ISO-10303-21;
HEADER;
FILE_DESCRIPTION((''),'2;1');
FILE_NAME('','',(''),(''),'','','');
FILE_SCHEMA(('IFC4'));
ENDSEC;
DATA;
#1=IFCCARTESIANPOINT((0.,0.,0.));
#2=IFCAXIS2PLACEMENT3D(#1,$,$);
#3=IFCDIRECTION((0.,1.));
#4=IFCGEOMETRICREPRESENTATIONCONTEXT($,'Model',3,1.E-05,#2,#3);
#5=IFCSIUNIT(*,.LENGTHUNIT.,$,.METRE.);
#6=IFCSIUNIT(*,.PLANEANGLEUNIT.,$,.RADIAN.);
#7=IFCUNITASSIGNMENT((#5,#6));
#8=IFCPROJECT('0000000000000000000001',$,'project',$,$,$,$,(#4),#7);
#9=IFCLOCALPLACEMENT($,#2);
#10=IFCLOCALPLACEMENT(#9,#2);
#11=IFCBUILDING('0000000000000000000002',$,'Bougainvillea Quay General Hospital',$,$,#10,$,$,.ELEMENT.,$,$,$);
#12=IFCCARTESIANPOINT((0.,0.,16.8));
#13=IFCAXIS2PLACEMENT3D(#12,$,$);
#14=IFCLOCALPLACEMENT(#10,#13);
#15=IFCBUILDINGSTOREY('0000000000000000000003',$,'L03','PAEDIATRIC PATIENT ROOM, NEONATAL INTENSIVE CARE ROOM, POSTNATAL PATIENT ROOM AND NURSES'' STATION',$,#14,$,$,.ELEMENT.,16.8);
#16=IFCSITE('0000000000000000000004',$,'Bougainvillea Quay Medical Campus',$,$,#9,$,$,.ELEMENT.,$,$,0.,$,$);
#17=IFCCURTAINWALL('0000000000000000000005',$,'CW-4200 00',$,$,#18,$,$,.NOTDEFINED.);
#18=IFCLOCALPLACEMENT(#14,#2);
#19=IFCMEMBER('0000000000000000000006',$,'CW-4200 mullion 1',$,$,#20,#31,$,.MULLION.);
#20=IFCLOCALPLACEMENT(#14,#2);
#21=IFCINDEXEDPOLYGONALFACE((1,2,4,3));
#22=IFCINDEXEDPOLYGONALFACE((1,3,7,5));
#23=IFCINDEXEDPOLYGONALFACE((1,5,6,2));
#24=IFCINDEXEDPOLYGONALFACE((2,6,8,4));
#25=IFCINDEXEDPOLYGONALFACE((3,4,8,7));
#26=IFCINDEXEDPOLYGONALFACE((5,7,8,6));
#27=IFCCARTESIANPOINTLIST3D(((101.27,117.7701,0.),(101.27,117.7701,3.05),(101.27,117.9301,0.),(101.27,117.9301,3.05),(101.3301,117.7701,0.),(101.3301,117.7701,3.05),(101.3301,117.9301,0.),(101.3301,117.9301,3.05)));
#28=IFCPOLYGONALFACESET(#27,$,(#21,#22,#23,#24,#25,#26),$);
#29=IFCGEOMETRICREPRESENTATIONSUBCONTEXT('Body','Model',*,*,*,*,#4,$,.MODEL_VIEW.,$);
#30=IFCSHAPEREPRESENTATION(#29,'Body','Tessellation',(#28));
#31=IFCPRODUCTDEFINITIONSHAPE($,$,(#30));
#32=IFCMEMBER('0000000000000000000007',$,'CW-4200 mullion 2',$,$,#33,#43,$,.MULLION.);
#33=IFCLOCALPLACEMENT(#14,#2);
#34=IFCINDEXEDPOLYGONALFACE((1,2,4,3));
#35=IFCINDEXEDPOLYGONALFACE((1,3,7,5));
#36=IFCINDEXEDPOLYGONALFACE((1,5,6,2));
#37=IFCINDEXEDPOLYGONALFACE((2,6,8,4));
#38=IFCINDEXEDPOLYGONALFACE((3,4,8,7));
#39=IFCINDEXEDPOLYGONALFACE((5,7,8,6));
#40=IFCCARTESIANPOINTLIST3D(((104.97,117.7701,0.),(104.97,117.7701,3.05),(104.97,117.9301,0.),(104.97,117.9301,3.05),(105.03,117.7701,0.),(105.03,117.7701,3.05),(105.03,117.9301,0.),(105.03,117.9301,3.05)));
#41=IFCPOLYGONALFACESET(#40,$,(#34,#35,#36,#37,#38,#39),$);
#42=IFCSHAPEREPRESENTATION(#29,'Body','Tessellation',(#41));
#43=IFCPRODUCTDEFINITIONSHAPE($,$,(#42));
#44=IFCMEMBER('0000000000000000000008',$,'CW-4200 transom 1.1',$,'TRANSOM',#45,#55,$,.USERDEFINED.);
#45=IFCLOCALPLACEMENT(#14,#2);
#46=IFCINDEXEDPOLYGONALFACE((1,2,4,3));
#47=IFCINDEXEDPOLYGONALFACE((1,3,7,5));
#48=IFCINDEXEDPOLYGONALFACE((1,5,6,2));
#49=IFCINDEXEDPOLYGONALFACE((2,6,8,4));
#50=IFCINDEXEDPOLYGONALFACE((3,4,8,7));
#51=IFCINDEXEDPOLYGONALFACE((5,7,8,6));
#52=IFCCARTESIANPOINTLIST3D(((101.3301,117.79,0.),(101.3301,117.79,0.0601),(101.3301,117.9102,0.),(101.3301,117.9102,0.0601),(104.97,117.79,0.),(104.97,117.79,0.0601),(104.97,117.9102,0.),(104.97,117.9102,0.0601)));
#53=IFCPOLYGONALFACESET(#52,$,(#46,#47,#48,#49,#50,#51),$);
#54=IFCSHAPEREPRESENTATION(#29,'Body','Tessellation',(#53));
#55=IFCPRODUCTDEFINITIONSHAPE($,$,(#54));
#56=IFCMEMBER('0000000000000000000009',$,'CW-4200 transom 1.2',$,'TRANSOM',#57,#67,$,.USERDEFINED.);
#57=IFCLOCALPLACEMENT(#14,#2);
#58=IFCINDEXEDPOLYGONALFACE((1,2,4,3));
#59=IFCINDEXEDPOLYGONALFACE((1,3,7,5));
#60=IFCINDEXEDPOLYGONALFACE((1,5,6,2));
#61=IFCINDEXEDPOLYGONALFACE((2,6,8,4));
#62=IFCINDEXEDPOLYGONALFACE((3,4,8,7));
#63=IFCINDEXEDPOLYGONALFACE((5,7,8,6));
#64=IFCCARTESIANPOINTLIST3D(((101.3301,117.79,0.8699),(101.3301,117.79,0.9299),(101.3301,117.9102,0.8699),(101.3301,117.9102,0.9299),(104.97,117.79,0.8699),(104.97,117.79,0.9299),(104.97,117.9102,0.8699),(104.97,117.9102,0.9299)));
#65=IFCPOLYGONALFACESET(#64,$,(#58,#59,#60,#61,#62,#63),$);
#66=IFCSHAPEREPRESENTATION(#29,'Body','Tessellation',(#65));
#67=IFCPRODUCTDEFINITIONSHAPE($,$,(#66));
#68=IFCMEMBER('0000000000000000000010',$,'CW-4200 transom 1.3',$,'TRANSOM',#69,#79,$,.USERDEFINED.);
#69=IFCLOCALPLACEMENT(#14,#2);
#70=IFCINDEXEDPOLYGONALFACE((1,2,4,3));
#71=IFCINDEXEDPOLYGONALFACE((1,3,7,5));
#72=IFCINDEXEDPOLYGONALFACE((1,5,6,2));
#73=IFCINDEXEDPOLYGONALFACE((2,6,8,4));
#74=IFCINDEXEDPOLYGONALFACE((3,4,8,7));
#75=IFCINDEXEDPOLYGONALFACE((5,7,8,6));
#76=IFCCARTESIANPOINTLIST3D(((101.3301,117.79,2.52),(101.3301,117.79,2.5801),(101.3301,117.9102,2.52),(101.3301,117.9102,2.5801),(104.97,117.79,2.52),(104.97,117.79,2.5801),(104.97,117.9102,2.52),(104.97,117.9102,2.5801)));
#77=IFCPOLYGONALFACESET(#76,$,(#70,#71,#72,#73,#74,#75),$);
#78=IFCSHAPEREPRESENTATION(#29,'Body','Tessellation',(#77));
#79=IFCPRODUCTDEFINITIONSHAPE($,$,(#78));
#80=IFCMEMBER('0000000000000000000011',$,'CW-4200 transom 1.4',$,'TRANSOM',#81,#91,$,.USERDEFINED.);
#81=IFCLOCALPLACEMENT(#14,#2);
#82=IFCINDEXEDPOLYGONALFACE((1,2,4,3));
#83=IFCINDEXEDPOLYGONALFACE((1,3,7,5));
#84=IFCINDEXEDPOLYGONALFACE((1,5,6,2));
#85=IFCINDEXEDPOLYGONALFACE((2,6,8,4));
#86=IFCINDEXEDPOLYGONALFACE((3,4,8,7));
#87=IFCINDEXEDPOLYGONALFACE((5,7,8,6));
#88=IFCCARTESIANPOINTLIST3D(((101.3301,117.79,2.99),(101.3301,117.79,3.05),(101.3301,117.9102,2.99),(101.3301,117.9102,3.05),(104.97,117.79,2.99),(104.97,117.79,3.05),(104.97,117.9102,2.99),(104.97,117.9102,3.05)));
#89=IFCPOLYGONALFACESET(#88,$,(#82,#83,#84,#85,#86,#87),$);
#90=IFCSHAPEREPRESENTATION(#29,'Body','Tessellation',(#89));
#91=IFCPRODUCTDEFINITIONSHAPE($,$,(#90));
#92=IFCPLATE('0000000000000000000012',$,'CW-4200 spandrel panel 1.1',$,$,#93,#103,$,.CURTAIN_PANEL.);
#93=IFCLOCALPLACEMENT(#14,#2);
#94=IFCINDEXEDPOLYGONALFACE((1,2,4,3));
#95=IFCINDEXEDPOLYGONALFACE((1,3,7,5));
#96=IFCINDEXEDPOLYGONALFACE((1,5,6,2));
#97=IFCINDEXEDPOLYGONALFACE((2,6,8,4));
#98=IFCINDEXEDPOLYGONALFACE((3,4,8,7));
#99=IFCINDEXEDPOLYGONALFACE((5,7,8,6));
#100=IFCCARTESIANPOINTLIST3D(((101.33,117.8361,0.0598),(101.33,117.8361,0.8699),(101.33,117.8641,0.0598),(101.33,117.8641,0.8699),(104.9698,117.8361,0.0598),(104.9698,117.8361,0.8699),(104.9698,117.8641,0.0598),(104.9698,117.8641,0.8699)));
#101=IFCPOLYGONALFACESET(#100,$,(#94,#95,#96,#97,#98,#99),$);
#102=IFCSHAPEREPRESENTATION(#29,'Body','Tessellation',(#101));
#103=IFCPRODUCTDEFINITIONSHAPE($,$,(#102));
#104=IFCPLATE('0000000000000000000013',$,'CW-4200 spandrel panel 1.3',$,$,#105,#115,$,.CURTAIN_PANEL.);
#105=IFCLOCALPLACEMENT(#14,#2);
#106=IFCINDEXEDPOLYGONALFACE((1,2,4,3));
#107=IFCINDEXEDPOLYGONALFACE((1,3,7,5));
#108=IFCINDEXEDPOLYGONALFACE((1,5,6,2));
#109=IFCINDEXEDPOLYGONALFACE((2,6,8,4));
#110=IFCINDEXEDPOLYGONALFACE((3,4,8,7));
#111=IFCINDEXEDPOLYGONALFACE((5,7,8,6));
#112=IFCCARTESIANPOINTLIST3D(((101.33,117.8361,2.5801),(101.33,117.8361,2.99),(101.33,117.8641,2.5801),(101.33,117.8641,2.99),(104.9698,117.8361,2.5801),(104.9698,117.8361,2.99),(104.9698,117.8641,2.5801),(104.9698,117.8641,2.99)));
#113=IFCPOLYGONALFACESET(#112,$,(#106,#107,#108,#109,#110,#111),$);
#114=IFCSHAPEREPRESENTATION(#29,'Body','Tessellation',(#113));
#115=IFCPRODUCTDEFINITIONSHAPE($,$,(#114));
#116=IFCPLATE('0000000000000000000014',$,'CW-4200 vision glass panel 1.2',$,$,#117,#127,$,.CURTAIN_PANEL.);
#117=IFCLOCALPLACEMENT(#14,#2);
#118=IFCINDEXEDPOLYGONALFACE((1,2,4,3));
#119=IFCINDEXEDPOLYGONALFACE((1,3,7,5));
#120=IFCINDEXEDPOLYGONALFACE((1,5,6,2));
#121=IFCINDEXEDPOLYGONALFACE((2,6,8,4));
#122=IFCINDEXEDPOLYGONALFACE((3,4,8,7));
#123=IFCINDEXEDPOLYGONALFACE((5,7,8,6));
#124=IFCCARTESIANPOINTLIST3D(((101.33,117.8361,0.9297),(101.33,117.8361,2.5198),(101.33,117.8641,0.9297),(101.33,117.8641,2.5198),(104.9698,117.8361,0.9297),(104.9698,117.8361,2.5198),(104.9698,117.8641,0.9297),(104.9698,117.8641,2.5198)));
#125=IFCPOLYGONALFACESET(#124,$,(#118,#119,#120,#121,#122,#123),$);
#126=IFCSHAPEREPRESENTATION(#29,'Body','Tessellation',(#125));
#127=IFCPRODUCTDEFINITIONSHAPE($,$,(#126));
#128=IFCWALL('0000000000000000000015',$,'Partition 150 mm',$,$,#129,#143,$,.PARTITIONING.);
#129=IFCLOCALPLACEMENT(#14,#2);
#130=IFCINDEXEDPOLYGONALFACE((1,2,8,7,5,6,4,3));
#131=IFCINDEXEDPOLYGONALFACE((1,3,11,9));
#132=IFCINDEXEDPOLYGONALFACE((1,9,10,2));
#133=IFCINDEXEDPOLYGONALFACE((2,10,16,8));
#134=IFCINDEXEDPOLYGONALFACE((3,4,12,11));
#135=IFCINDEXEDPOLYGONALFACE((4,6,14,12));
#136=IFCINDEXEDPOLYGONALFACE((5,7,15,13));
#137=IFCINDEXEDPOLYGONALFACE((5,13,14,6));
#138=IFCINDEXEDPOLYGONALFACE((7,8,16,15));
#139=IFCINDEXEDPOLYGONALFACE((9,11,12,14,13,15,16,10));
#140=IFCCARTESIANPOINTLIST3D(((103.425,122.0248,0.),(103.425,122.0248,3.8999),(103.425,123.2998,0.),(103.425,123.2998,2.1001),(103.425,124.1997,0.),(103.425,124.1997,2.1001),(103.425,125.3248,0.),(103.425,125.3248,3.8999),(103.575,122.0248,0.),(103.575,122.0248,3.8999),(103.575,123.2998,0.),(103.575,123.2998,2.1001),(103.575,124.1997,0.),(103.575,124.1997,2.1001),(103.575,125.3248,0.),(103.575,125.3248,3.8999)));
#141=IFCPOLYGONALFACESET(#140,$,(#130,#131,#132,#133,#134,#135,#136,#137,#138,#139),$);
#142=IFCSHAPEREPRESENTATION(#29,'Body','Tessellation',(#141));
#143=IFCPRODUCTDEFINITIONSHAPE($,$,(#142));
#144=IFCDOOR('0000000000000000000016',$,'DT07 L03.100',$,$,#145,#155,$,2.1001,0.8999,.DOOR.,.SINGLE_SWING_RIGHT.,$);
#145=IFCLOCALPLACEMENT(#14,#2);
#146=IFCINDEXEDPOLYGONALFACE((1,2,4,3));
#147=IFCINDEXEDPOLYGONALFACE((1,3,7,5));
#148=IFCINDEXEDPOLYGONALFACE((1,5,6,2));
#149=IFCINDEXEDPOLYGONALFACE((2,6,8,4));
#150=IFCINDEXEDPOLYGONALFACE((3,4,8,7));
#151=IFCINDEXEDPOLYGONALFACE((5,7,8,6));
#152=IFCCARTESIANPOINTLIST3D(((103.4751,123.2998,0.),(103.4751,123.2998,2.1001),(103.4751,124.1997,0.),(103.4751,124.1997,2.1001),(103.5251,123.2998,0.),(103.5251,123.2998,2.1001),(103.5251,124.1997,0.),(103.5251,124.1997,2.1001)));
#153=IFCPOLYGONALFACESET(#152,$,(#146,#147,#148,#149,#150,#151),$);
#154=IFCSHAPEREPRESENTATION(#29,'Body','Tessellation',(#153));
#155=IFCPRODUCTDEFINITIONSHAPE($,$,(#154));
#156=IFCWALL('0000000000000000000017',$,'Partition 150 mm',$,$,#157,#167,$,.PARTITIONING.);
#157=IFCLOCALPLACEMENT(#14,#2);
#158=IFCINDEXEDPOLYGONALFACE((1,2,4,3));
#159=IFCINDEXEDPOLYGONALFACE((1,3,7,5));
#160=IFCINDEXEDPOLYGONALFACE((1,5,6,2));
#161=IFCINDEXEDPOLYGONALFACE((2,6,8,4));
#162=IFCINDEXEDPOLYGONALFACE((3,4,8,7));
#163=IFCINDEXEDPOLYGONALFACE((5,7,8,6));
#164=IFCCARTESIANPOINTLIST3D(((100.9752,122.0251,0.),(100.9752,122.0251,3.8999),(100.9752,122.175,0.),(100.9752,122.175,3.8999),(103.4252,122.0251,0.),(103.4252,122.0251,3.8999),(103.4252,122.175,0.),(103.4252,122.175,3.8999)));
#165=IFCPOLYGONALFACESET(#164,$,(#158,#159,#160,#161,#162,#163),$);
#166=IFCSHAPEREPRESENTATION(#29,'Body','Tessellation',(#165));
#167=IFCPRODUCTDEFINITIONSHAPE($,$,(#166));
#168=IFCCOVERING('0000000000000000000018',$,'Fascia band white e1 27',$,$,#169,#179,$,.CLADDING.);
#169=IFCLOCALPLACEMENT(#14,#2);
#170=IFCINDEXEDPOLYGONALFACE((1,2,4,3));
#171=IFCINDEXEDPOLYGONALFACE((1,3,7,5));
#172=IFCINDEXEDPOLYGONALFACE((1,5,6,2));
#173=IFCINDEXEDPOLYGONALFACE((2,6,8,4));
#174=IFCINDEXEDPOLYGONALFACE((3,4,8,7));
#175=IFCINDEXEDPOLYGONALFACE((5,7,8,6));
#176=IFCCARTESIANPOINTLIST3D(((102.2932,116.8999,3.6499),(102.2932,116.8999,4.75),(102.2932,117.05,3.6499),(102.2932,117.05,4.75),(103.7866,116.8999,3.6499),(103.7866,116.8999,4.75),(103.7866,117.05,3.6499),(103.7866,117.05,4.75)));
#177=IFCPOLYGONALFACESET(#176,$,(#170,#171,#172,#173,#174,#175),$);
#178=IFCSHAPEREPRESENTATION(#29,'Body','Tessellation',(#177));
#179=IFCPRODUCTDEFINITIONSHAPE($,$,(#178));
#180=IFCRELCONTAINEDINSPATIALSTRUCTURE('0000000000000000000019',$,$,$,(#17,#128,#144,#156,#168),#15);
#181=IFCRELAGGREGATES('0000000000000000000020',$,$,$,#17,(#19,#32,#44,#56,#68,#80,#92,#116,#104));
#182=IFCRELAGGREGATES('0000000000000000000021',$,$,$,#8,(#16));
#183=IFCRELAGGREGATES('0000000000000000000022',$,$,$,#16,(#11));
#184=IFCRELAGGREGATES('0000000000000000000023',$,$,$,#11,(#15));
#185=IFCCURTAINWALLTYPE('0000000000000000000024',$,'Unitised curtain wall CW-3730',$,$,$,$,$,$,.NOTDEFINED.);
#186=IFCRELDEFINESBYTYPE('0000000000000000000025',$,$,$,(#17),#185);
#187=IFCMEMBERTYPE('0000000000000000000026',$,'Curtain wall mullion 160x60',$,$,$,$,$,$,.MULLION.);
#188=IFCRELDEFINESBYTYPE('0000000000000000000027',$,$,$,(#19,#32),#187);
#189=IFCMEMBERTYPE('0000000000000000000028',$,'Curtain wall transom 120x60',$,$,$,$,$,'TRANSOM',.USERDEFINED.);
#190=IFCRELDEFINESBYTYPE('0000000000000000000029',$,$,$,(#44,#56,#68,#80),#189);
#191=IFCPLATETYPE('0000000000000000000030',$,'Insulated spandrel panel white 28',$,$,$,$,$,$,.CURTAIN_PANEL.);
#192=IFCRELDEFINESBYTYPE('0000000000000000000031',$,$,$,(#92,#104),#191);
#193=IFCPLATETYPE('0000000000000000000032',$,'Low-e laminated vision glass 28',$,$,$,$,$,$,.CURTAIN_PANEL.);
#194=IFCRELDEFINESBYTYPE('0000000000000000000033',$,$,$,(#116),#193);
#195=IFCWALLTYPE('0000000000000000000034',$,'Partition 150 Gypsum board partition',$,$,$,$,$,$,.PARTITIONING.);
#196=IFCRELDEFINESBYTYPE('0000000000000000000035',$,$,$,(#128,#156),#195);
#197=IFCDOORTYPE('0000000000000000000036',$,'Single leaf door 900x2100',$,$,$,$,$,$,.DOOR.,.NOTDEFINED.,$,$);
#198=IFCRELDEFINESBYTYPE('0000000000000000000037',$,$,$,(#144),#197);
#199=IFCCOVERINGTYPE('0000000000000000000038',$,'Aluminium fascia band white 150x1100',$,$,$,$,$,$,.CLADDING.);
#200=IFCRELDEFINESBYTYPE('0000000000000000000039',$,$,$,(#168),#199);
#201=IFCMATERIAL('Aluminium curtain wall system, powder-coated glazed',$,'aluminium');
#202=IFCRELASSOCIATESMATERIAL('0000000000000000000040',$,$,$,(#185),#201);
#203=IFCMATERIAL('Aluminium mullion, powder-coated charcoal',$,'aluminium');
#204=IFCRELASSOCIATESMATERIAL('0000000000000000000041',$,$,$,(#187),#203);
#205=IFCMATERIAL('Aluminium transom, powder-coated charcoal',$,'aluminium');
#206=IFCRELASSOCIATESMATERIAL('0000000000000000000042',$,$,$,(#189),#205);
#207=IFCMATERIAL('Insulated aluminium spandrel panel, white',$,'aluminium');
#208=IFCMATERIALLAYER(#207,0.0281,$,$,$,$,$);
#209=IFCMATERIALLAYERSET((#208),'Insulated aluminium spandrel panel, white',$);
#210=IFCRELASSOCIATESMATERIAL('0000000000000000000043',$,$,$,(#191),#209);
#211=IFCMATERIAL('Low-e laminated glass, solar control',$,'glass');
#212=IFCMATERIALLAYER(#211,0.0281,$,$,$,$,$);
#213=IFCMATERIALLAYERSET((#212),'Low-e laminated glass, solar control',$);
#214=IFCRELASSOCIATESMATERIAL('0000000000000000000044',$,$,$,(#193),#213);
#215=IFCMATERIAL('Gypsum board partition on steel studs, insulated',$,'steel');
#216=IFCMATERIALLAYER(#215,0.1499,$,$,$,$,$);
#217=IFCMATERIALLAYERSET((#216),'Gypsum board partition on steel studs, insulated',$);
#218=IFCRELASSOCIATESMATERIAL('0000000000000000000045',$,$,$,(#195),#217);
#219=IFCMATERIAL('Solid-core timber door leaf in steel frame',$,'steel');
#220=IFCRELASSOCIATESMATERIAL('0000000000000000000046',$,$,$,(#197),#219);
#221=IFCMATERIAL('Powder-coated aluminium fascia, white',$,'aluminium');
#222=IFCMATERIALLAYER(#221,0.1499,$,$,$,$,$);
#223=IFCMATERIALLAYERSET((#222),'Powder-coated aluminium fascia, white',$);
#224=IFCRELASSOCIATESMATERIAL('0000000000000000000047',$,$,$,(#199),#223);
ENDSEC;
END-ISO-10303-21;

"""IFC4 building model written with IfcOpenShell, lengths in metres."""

from ifc_helpers import new_model, si_unit, direction, frame, frame_2d, origin, origin_2d, place, context, subcontext, project, spatial, polyline, rectangle, outline, extrude, material, layer, layer_set, material_profile, profile_set, type_object, element, fill, aggregate, save


model = new_model("IFC4")

# Units and contexts
model_context = context("Model", 3, precision=1e-05, world=origin(), true_north=direction((0.0, 1.0)))
body_context = subcontext(model_context, "Body", "Model", "MODEL_VIEW")
ifc_project = project(units=[si_unit("LENGTHUNIT", "METRE"), si_unit("PLANEANGLEUNIT", "RADIAN")], contexts=[model_context])

# Site, building, storey
site_placement = place(None, origin())
site = spatial("IfcSite", under=ifc_project, at=site_placement, Name="Bougainvillea Quay Medical Campus", CompositionType="ELEMENT", RefElevation=0.0)
building_placement = place(site_placement, origin())
building = spatial("IfcBuilding", under=site, at=building_placement, Name="Bougainvillea Quay General Hospital", CompositionType="ELEMENT")
storey_placement = place(building_placement, frame((0.0, 0.0, 16.8)))
storey = spatial("IfcBuildingStorey", under=building, at=storey_placement, Name="L03", Description="PAEDIATRIC PATIENT ROOM, NEONATAL INTENSIVE CARE ROOM, POSTNATAL PATIENT ROOM AND NURSES' STATION", CompositionType="ELEMENT", Elevation=16.8)

# Curtain wall, members, plates
ifc_material_1 = material(Name="Aluminium curtain wall system, powder-coated glazed", Category="aluminium")
curtain_wall_type = type_object("IfcCurtainWallType", Name="Unitised curtain wall CW-3730", PredefinedType="NOTDEFINED", material=ifc_material_1)
curtain_wall_placement = place(storey_placement, origin())
curtain_wall = element("IfcCurtainWall", 1, at=curtain_wall_placement, inside=storey, type_object=curtain_wall_type, Name="CW-4200 00", PredefinedType="NOTDEFINED")
ifc_material_2 = material(Name="Aluminium mullion, powder-coated charcoal", Category="aluminium")
ifc_material_profile_1 = material_profile(ifc_material_2, rectangle(XDim=0.1599, YDim=0.0601, at=origin_2d()))
ifc_profile_set_1 = profile_set([ifc_material_profile_1], Name="Aluminium mullion, powder-coated charcoal")
member_type_1 = type_object("IfcMemberType", Name="Curtain wall mullion 160x60", PredefinedType="MULLION", material=ifc_profile_set_1)
member_1_placement = place(storey_placement, frame((101.3, 117.8501, 0.0), z_axis=(0.0, 0.0, 1.0), x_axis=(0.0, 1.0, 0.0)))
member_1 = element("IfcMember", 2, at=member_1_placement, type_object=member_type_1, Name="CW-4200 mullion 1", PredefinedType="MULLION", context=body_context, shape_type="SweptSolid", body=[
    extrude(rectangle(XDim=0.1599, YDim=0.0601, at=origin_2d()), origin(), (0.0, 0.0, 1.0), 3.05),
])
member_2_placement = place(storey_placement, frame((105.0, 117.8501, 0.0), z_axis=(0.0, 0.0, 1.0), x_axis=(0.0, 1.0, 0.0)))
member_2 = element("IfcMember", 3, at=member_2_placement, type_object=member_type_1, Name="CW-4200 mullion 2", PredefinedType="MULLION", context=body_context, shape_type="SweptSolid", body=[
    extrude(rectangle(XDim=0.1599, YDim=0.0601, at=origin_2d()), origin(), (0.0, 0.0, 1.0), 3.05),
])
ifc_material_3 = material(Name="Aluminium transom, powder-coated charcoal", Category="aluminium")
ifc_material_profile_2 = material_profile(ifc_material_3, rectangle(XDim=0.1201, YDim=0.0601, at=origin_2d()))
ifc_profile_set_2 = profile_set([ifc_material_profile_2], Name="Aluminium transom, powder-coated charcoal")
member_type_2 = type_object("IfcMemberType", Name="Curtain wall transom 120x60", ElementType="TRANSOM", PredefinedType="USERDEFINED", material=ifc_profile_set_2)
member_3_placement = place(storey_placement, frame((101.3301, 117.8501, 0.03), z_axis=(1.0, 0.0, 0.0), x_axis=(0.0, 1.0, 0.0)))
member_3 = element("IfcMember", 4, at=member_3_placement, type_object=member_type_2, Name="CW-4200 transom 1.1", ObjectType="TRANSOM", PredefinedType="USERDEFINED", context=body_context, shape_type="SweptSolid", body=[
    extrude(rectangle(XDim=0.1201, YDim=0.0601, at=origin_2d()), origin(), (0.0, 0.0, 1.0), 3.6399),
])
member_4_placement = place(storey_placement, frame((101.3301, 117.8501, 0.8999), z_axis=(1.0, 0.0, 0.0), x_axis=(0.0, 1.0, 0.0)))
member_4 = element("IfcMember", 5, at=member_4_placement, type_object=member_type_2, Name="CW-4200 transom 1.2", ObjectType="TRANSOM", PredefinedType="USERDEFINED", context=body_context, shape_type="SweptSolid", body=[
    extrude(rectangle(XDim=0.1201, YDim=0.0601, at=origin_2d()), origin(), (0.0, 0.0, 1.0), 3.6399),
])
member_5_placement = place(storey_placement, frame((101.3301, 117.8501, 2.55), z_axis=(1.0, 0.0, 0.0), x_axis=(0.0, 1.0, 0.0)))
member_5 = element("IfcMember", 6, at=member_5_placement, type_object=member_type_2, Name="CW-4200 transom 1.3", ObjectType="TRANSOM", PredefinedType="USERDEFINED", context=body_context, shape_type="SweptSolid", body=[
    extrude(rectangle(XDim=0.1201, YDim=0.0601, at=origin_2d()), origin(), (0.0, 0.0, 1.0), 3.6399),
])
member_6_placement = place(storey_placement, frame((101.3301, 117.8501, 3.02), z_axis=(1.0, 0.0, 0.0), x_axis=(0.0, 1.0, 0.0)))
member_6 = element("IfcMember", 7, at=member_6_placement, type_object=member_type_2, Name="CW-4200 transom 1.4", ObjectType="TRANSOM", PredefinedType="USERDEFINED", context=body_context, shape_type="SweptSolid", body=[
    extrude(rectangle(XDim=0.1201, YDim=0.0601, at=origin_2d()), origin(), (0.0, 0.0, 1.0), 3.6399),
])
ifc_material_4 = material(Name="Insulated aluminium spandrel panel, white", Category="aluminium")
ifc_layer_1 = layer(ifc_material_4, 0.0281)
ifc_layer_set_1 = layer_set([ifc_layer_1], Name="Insulated aluminium spandrel panel, white")
plate_type_1 = type_object("IfcPlateType", Name="Insulated spandrel panel white 28", PredefinedType="CURTAIN_PANEL", material=ifc_layer_set_1)
plate_1_placement = place(storey_placement, frame((103.1499, 117.8501, 0.0598), z_axis=(0.0, 0.0, 1.0), x_axis=(1.0, 0.0, 0.0)))
plate_1 = element("IfcPlate", 8, at=plate_1_placement, type_object=plate_type_1, Name="CW-4200 spandrel panel 1.1", PredefinedType="CURTAIN_PANEL", context=body_context, shape_type="SweptSolid", body=[
    extrude(rectangle(XDim=3.6399, YDim=0.0281, at=origin_2d()), origin(), (0.0, 0.0, 1.0), 0.8101),
])
plate_2_placement = place(storey_placement, frame((103.1499, 117.8501, 2.5801), z_axis=(0.0, 0.0, 1.0), x_axis=(1.0, 0.0, 0.0)))
plate_2 = element("IfcPlate", 9, at=plate_2_placement, type_object=plate_type_1, Name="CW-4200 spandrel panel 1.3", PredefinedType="CURTAIN_PANEL", context=body_context, shape_type="SweptSolid", body=[
    extrude(rectangle(XDim=3.6399, YDim=0.0281, at=origin_2d()), origin(), (0.0, 0.0, 1.0), 0.4099),
])
ifc_material_5 = material(Name="Low-e laminated glass, solar control", Category="glass")
ifc_layer_2 = layer(ifc_material_5, 0.0281)
ifc_layer_set_2 = layer_set([ifc_layer_2], Name="Low-e laminated glass, solar control")
plate_type_2 = type_object("IfcPlateType", Name="Low-e laminated vision glass 28", PredefinedType="CURTAIN_PANEL", material=ifc_layer_set_2)
plate_3_placement = place(storey_placement, frame((103.1499, 117.8501, 0.9297), z_axis=(0.0, 0.0, 1.0), x_axis=(1.0, 0.0, 0.0)))
plate_3 = element("IfcPlate", 10, at=plate_3_placement, type_object=plate_type_2, Name="CW-4200 vision glass panel 1.2", PredefinedType="CURTAIN_PANEL", context=body_context, shape_type="SweptSolid", body=[
    extrude(rectangle(XDim=3.6399, YDim=0.0281, at=origin_2d()), origin(), (0.0, 0.0, 1.0), 1.5901),
])
aggregate(curtain_wall, [member_1, member_2, member_3, member_4, member_5, member_6, plate_1, plate_3, plate_2])

# Wall, opening, door
ifc_material_6 = material(Name="Gypsum board partition on steel studs, insulated", Category="steel")
ifc_layer_3 = layer(ifc_material_6, 0.1499)
ifc_layer_set_3 = layer_set([ifc_layer_3], Name="Gypsum board partition on steel studs, insulated")
wall_type = type_object("IfcWallType", Name="Partition 150 Gypsum board partition", PredefinedType="PARTITIONING", material=ifc_layer_set_3)
wall_1_placement = place(storey_placement, frame((103.5, 122.0249, 0.0), z_axis=(0.0, 0.0, 1.0), x_axis=(0.0, 1.0, 0.0)))
wall_1 = element("IfcWall", 11, at=wall_1_placement, inside=storey, type_object=wall_type, Name="Partition 150 mm", PredefinedType="PARTITIONING", context=body_context, shape_type="SweptSolid", body=[
    extrude(rectangle(XDim=3.3, YDim=0.1499, at=frame_2d((1.6499, 0.0))), origin(), (0.0, 0.0, 1.0), 3.8999),
])
opening_placement = place(wall_1_placement, frame((1.2749, 0.0, 0.0)))
opening = element("IfcOpeningElement", 12, at=opening_placement, cuts=wall_1, PredefinedType="OPENING", context=body_context, shape_type="SweptSolid", body=[
    extrude(rectangle(XDim=0.8999, YDim=2.1001, at=frame_2d((0.45, 1.05))), frame((0.0, 0.085, 0.0), z_axis=(0.0, -1.0, 0.0), x_axis=(1.0, 0.0, 0.0)), (0.0, 0.0, 1.0), 0.1699),
])
ifc_material_7 = material(Name="Solid-core timber door leaf in steel frame", Category="steel")
door_type = type_object("IfcDoorType", Name="Single leaf door 900x2100", OperationType="NOTDEFINED", PredefinedType="DOOR", material=ifc_material_7)
door_placement = place(opening_placement, origin())
door = element("IfcDoor", 13, at=door_placement, inside=storey, type_object=door_type, Name="DT07 L03.100", OperationType="SINGLE_SWING_RIGHT", OverallHeight=2.1001, OverallWidth=0.8999, PredefinedType="DOOR", context=body_context, shape_type="SweptSolid", body=[
    extrude(rectangle(XDim=0.8999, YDim=2.1001, at=frame_2d((0.45, 1.05))), frame((0.0, 0.0249, 0.0), z_axis=(0.0, -1.0, 0.0), x_axis=(1.0, 0.0, 0.0)), (0.0, 0.0, 1.0), 0.05),
])
fill(opening, door)

# Wall
wall_2_placement = place(storey_placement, frame((100.9751, 122.1001, 0.0), z_axis=(0.0, 0.0, 1.0), x_axis=(1.0, 0.0, 0.0)))
element("IfcWall", 14, at=wall_2_placement, inside=storey, type_object=wall_type, Name="Partition 150 mm", PredefinedType="PARTITIONING", context=body_context, shape_type="SweptSolid", body=[
    extrude(rectangle(XDim=2.45, YDim=0.1499, at=frame_2d((1.2251, 0.0))), origin(), (0.0, 0.0, 1.0), 3.8999),
])

# Covering
ifc_material_8 = material(Name="Powder-coated aluminium fascia, white", Category="aluminium")
ifc_layer_4 = layer(ifc_material_8, 0.1499)
ifc_layer_set_4 = layer_set([ifc_layer_4], Name="Powder-coated aluminium fascia, white")
covering_type = type_object("IfcCoveringType", Name="Aluminium fascia band white 150x1100", PredefinedType="CLADDING", material=ifc_layer_set_4)
for number, where, z_axis, x_axis, name in (
    (15, (102.2932, 117.05, 3.6499), (0.0, 0.0, 1.0), (1.0, 0.0, 0.0), "Fascia band white e1 27"),
):
    element("IfcCovering", number, at=place(storey_placement, frame(where, z_axis=z_axis, x_axis=x_axis)), inside=storey, type_object=covering_type, Name=name, PredefinedType="CLADDING", context=body_context, shape_type="SweptSolid", body=[
        extrude(outline(polyline([(0.0, 0.0), (1.4934, 0.0), (1.4934, -0.1501), (0.0, -0.1501), (0.0, 0.0)])), origin(), (0.0, 0.0, 1.0), 1.1001),
    ])

save(model, "model.ifc")
